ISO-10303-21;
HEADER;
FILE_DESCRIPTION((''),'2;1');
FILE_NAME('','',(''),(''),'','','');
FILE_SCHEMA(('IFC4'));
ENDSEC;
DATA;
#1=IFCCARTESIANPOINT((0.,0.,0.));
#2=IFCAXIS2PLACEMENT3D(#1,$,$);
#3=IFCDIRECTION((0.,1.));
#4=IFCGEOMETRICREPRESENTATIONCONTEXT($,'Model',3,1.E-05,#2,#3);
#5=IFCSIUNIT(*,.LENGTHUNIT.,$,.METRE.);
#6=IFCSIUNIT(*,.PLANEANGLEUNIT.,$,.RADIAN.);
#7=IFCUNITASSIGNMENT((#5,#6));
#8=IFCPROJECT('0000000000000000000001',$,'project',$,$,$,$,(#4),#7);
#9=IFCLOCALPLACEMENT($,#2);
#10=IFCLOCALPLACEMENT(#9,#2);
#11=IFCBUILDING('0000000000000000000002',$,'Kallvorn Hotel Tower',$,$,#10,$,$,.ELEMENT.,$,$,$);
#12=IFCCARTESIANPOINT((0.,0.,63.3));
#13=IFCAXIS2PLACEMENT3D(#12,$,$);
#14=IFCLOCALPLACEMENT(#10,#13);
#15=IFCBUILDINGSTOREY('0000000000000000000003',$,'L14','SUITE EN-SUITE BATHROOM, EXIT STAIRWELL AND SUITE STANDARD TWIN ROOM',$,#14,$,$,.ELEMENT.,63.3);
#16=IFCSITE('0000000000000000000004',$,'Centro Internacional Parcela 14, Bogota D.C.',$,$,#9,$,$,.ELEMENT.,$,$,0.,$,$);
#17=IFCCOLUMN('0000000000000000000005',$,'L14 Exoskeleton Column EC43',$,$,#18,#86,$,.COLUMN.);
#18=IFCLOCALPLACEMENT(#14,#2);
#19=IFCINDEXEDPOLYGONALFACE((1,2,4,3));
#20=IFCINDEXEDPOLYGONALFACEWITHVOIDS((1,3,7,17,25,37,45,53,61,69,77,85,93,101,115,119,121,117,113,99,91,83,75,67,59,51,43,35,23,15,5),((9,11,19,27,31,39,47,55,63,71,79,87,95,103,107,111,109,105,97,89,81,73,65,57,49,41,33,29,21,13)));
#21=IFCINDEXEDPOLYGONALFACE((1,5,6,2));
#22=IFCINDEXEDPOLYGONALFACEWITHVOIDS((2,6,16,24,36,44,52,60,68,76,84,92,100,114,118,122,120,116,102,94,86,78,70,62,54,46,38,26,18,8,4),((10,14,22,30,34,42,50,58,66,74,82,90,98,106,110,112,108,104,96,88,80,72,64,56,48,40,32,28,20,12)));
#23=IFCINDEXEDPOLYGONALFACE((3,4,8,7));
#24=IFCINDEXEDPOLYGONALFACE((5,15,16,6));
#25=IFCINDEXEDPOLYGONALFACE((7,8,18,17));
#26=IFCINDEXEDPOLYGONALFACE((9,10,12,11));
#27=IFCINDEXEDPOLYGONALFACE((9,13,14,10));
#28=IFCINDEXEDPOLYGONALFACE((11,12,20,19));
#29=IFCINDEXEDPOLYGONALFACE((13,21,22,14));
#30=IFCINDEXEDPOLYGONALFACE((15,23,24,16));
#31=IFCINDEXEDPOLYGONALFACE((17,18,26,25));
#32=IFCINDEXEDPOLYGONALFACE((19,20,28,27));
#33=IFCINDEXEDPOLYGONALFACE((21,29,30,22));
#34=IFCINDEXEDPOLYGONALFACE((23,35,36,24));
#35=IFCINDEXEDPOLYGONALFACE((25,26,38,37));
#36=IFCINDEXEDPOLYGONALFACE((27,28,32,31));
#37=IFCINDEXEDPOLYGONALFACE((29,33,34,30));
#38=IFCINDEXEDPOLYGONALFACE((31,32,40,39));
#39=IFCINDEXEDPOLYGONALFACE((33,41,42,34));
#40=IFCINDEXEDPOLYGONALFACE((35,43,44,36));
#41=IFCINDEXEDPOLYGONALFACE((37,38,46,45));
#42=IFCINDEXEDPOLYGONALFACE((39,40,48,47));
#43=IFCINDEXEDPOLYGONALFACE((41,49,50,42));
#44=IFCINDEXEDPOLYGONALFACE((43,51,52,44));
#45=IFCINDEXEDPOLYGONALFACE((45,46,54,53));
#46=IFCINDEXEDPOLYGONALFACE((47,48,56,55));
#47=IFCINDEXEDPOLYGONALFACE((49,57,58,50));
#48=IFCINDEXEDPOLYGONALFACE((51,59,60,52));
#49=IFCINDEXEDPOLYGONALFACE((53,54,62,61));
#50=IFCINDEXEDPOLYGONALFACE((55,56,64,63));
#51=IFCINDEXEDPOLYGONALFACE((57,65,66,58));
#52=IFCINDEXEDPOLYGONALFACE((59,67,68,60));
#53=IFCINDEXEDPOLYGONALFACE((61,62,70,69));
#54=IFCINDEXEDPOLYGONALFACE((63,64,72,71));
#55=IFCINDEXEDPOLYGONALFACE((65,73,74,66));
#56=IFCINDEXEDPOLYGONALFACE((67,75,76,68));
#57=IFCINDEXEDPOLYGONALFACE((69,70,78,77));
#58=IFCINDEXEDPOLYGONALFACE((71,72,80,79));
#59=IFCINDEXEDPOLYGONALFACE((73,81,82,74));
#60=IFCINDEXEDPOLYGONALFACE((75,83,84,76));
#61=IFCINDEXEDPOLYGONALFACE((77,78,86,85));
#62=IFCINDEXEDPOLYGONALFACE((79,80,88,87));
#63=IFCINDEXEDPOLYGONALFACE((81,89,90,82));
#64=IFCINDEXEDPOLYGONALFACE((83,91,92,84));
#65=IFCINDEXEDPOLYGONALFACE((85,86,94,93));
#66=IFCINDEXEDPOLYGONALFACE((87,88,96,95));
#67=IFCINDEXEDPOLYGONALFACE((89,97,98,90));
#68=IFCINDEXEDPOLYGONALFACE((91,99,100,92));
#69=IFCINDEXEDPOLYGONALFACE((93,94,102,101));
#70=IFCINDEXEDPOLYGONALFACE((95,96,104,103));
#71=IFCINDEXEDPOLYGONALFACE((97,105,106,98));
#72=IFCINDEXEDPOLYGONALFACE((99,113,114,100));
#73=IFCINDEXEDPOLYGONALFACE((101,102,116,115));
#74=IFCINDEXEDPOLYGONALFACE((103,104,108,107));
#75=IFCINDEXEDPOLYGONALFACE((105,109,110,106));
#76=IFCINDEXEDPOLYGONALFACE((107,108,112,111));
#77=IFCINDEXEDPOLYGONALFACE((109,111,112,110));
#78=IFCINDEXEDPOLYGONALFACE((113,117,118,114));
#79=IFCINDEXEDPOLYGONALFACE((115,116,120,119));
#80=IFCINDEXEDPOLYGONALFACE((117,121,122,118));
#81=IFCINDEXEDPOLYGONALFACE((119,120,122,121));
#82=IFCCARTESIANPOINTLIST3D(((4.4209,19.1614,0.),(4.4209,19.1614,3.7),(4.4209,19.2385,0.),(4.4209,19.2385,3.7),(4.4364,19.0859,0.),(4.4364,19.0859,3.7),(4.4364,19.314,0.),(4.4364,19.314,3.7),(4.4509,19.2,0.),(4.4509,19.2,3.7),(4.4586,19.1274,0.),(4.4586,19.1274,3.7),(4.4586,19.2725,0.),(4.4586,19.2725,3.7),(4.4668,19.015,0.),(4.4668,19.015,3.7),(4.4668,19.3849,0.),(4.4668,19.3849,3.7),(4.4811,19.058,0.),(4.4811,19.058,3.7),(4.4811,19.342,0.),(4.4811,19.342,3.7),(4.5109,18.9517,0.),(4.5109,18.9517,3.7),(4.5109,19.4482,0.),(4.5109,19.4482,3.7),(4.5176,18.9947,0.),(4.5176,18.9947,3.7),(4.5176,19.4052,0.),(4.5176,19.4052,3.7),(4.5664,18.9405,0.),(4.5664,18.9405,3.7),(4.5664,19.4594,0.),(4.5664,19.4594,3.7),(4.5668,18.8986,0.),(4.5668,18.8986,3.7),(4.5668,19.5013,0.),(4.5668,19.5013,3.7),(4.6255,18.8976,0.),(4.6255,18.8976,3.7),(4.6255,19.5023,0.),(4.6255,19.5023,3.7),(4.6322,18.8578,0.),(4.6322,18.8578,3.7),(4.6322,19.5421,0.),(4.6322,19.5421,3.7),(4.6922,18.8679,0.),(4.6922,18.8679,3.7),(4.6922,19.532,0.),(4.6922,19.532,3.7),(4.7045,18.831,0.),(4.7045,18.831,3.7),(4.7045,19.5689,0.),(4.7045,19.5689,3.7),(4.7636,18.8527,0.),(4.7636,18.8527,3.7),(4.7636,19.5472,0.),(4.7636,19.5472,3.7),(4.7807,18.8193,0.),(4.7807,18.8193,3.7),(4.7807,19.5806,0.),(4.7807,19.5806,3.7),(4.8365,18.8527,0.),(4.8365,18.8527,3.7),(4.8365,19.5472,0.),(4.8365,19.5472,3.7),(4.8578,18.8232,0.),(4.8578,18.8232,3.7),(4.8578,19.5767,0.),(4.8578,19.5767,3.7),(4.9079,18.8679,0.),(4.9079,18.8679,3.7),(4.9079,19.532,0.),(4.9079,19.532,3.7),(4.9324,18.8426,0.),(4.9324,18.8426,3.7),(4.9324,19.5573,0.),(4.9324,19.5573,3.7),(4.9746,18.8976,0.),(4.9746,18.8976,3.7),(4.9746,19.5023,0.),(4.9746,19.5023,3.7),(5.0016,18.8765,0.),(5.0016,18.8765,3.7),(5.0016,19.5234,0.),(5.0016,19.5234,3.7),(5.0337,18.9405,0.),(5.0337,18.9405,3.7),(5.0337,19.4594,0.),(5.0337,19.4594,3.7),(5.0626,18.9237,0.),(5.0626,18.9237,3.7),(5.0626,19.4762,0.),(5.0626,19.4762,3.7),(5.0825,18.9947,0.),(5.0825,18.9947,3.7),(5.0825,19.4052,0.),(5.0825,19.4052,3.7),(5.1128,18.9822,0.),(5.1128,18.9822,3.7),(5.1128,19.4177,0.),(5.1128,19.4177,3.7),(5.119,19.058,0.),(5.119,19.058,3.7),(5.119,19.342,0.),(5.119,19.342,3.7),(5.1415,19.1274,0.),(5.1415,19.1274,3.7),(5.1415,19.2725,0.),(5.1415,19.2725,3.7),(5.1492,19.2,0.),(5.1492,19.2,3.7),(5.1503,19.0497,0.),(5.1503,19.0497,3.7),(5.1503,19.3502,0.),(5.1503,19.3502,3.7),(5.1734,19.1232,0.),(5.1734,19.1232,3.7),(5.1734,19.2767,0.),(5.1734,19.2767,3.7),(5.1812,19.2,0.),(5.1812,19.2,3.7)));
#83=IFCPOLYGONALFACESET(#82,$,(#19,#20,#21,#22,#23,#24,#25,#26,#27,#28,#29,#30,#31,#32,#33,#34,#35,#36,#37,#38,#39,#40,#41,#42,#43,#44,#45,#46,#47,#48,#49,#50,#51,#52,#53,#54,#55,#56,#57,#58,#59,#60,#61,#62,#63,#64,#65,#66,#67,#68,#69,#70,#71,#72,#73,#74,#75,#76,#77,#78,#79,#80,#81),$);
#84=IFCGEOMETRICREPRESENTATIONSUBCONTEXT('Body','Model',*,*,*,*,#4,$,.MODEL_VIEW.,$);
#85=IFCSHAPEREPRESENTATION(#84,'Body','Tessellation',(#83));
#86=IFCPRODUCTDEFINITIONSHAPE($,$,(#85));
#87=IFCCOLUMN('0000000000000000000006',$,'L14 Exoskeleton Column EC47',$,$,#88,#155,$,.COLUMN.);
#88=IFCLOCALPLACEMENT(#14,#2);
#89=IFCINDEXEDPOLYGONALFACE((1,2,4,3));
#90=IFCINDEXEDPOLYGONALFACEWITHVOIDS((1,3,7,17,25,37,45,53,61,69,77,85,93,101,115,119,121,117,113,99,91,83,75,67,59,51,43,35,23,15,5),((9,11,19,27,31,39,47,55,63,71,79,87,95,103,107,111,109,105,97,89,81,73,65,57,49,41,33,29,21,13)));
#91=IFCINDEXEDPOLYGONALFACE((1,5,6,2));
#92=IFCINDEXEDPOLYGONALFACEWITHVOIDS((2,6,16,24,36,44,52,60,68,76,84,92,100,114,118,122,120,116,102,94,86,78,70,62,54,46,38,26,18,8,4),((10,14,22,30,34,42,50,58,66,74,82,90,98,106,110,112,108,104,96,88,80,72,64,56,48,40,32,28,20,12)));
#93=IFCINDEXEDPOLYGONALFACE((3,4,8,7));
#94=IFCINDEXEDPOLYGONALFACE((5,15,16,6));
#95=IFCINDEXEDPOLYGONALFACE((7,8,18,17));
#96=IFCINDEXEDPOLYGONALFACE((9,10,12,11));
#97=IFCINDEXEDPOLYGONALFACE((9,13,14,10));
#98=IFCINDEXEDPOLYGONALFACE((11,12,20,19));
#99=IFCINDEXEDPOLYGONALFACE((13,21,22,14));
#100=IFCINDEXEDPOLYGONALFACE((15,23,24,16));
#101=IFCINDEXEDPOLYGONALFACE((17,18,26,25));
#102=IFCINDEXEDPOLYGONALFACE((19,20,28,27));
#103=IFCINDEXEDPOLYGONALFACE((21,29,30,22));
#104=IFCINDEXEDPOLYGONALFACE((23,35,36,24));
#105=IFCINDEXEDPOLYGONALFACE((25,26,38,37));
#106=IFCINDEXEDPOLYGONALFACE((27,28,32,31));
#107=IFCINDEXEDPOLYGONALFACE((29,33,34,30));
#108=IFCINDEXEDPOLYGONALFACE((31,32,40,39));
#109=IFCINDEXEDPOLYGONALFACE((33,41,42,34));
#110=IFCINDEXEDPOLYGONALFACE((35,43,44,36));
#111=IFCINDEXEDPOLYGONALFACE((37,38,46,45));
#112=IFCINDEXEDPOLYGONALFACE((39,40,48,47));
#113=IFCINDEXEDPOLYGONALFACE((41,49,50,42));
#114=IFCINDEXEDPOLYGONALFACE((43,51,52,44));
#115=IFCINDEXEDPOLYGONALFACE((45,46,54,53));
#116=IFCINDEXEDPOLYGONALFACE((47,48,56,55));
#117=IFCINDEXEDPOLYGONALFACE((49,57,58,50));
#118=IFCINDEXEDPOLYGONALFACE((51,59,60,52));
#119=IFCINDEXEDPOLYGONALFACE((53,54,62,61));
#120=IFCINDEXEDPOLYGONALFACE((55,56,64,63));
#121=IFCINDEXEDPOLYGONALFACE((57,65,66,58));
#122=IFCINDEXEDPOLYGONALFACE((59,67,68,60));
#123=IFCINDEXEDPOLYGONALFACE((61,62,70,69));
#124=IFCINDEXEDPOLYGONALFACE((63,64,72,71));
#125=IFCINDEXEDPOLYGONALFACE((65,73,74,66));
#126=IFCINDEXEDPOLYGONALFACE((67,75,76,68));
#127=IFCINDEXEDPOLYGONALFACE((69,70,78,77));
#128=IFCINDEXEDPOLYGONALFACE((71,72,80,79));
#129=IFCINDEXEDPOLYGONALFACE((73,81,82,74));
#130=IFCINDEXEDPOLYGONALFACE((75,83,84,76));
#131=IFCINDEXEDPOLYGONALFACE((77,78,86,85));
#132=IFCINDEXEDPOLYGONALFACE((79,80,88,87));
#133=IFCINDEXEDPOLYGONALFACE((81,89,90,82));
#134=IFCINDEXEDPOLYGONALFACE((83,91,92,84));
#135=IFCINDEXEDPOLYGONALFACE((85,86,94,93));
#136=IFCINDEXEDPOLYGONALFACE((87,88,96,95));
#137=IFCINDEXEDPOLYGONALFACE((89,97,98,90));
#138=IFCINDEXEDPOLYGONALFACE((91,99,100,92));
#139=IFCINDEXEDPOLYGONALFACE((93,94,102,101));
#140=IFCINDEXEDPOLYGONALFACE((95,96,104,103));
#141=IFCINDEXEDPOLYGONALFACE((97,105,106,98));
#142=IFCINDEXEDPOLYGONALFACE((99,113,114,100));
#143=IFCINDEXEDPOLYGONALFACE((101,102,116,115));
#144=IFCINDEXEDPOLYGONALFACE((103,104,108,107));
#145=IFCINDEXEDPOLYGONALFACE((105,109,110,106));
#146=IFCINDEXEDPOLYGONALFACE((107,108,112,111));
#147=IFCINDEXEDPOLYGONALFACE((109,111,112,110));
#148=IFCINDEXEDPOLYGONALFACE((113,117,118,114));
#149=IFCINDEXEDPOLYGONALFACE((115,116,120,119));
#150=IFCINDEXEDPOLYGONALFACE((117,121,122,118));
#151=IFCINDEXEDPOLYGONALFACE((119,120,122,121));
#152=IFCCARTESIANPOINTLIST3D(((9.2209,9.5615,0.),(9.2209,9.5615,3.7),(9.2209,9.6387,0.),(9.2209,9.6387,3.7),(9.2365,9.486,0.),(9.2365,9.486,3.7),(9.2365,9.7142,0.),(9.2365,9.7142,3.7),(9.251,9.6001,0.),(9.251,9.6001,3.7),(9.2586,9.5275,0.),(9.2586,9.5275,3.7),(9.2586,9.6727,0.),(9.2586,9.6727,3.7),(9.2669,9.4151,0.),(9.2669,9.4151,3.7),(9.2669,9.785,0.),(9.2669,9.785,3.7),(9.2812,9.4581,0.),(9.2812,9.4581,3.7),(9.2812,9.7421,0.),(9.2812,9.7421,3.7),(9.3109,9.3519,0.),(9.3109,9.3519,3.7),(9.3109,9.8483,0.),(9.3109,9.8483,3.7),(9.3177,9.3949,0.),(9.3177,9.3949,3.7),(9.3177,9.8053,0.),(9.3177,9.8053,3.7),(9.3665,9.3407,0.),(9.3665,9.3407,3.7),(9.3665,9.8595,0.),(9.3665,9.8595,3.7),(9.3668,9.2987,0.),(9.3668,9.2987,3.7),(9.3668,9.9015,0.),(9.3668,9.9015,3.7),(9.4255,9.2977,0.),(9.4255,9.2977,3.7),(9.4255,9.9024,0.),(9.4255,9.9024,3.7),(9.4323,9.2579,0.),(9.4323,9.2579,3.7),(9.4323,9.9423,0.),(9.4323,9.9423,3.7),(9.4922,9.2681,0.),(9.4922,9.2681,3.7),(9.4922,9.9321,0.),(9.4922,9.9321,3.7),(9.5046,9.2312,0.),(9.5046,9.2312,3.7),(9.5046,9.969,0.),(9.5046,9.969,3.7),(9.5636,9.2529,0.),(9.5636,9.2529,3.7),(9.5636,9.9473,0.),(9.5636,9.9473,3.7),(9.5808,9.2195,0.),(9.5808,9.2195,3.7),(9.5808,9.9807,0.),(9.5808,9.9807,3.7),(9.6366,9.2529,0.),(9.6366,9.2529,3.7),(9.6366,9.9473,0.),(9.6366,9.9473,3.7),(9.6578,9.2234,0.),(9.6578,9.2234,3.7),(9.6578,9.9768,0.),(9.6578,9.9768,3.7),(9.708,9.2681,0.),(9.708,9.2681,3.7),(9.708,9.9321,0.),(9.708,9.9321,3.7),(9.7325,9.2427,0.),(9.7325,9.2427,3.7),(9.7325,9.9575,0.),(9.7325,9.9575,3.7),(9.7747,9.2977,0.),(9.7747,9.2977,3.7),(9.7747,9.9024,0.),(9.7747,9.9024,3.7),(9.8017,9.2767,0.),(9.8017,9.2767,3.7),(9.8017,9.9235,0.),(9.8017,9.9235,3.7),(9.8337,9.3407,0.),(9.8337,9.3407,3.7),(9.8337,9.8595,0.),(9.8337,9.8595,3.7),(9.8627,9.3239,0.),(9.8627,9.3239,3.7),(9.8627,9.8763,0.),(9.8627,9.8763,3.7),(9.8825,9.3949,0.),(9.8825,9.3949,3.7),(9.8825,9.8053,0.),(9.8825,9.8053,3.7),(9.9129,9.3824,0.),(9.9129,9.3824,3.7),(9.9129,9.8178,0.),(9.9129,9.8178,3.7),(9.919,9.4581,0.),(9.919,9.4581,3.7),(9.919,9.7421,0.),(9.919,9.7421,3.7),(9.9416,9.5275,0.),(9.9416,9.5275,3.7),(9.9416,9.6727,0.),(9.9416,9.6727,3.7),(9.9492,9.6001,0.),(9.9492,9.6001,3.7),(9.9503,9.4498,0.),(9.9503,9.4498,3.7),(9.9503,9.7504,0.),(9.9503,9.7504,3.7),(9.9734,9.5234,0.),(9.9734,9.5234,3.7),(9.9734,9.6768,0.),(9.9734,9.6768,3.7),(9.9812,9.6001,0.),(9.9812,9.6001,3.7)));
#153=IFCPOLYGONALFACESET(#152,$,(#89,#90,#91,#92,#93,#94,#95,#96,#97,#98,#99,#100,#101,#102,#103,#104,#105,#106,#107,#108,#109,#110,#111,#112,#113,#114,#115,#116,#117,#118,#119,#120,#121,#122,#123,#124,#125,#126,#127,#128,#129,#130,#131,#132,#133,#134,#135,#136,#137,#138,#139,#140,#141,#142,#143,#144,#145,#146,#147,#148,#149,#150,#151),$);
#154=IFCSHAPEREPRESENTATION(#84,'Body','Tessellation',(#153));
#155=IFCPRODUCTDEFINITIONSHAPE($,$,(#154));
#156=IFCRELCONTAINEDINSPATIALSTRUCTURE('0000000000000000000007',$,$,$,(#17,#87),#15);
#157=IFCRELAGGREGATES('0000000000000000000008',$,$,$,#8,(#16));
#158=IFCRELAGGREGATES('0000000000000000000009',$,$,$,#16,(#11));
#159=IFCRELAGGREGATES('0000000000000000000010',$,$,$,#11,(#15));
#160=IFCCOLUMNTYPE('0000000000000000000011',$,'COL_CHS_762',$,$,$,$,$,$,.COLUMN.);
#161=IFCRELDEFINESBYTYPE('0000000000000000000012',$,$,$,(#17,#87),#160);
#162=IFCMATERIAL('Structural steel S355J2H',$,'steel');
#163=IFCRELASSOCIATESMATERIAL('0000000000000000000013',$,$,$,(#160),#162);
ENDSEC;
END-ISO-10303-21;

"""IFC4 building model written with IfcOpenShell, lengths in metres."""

from ifc_helpers import new_model, si_unit, direction, frame, origin, origin_2d, place, context, subcontext, project, spatial, hollow_circle, extrude, material, material_profile, profile_set, type_object, element, save


model = new_model("IFC4")

# Units and contexts
model_context = context("Model", 3, precision=1e-05, world=origin(), true_north=direction((0.0, 1.0)))
body_context = subcontext(model_context, "Body", "Model", "MODEL_VIEW")
ifc_project = project(units=[si_unit("LENGTHUNIT", "METRE"), si_unit("PLANEANGLEUNIT", "RADIAN")], contexts=[model_context])

# Site, building, storey
site_placement = place(None, origin())
site = spatial("IfcSite", under=ifc_project, at=site_placement, Name="Centro Internacional Parcela 14, Bogota D.C.", CompositionType="ELEMENT", RefElevation=0.0)
building_placement = place(site_placement, origin())
building = spatial("IfcBuilding", under=site, at=building_placement, Name="Kallvorn Hotel Tower", CompositionType="ELEMENT")
storey_placement = place(building_placement, frame((0.0, 0.0, 63.3)))
storey = spatial("IfcBuildingStorey", under=building, at=storey_placement, Name="L14", Description="SUITE EN-SUITE BATHROOM, EXIT STAIRWELL AND SUITE STANDARD TWIN ROOM", CompositionType="ELEMENT", Elevation=63.3)

# Columns
ifc_material_1 = material(Name="Structural steel S355J2H", Category="steel")
ifc_material_profile_1 = material_profile(ifc_material_1, hollow_circle(Radius=0.3811, WallThickness=0.032, at=origin_2d()), Name="CHS 762x32")
ifc_profile_set_1 = profile_set([ifc_material_profile_1], Name="Structural steel S355J2H")
column_type_1 = type_object("IfcColumnType", Name="COL_CHS_762", PredefinedType="COLUMN", material=ifc_profile_set_1)
for number, where, z_axis, x_axis, name in (
    (1, (4.8, 19.2, 0.0), (0.0, 0.0, 1.0), (1.0, 0.0, 0.0), "L14 Exoskeleton Column EC43"),
    (2, (9.6001, 9.6001, 0.0), (0.0, 0.0, 1.0), (1.0, 0.0, 0.0), "L14 Exoskeleton Column EC47"),
):
    element("IfcColumn", number, at=place(storey_placement, frame(where, z_axis=z_axis, x_axis=x_axis)), inside=storey, type_object=column_type_1, Name=name, PredefinedType="COLUMN", context=body_context, shape_type="SweptSolid", body=[
        extrude(hollow_circle(Radius=0.3811, WallThickness=0.032, at=origin_2d()), origin(), (0.0, 0.0, 1.0), 3.7),
    ])

save(model, "model.ifc")
